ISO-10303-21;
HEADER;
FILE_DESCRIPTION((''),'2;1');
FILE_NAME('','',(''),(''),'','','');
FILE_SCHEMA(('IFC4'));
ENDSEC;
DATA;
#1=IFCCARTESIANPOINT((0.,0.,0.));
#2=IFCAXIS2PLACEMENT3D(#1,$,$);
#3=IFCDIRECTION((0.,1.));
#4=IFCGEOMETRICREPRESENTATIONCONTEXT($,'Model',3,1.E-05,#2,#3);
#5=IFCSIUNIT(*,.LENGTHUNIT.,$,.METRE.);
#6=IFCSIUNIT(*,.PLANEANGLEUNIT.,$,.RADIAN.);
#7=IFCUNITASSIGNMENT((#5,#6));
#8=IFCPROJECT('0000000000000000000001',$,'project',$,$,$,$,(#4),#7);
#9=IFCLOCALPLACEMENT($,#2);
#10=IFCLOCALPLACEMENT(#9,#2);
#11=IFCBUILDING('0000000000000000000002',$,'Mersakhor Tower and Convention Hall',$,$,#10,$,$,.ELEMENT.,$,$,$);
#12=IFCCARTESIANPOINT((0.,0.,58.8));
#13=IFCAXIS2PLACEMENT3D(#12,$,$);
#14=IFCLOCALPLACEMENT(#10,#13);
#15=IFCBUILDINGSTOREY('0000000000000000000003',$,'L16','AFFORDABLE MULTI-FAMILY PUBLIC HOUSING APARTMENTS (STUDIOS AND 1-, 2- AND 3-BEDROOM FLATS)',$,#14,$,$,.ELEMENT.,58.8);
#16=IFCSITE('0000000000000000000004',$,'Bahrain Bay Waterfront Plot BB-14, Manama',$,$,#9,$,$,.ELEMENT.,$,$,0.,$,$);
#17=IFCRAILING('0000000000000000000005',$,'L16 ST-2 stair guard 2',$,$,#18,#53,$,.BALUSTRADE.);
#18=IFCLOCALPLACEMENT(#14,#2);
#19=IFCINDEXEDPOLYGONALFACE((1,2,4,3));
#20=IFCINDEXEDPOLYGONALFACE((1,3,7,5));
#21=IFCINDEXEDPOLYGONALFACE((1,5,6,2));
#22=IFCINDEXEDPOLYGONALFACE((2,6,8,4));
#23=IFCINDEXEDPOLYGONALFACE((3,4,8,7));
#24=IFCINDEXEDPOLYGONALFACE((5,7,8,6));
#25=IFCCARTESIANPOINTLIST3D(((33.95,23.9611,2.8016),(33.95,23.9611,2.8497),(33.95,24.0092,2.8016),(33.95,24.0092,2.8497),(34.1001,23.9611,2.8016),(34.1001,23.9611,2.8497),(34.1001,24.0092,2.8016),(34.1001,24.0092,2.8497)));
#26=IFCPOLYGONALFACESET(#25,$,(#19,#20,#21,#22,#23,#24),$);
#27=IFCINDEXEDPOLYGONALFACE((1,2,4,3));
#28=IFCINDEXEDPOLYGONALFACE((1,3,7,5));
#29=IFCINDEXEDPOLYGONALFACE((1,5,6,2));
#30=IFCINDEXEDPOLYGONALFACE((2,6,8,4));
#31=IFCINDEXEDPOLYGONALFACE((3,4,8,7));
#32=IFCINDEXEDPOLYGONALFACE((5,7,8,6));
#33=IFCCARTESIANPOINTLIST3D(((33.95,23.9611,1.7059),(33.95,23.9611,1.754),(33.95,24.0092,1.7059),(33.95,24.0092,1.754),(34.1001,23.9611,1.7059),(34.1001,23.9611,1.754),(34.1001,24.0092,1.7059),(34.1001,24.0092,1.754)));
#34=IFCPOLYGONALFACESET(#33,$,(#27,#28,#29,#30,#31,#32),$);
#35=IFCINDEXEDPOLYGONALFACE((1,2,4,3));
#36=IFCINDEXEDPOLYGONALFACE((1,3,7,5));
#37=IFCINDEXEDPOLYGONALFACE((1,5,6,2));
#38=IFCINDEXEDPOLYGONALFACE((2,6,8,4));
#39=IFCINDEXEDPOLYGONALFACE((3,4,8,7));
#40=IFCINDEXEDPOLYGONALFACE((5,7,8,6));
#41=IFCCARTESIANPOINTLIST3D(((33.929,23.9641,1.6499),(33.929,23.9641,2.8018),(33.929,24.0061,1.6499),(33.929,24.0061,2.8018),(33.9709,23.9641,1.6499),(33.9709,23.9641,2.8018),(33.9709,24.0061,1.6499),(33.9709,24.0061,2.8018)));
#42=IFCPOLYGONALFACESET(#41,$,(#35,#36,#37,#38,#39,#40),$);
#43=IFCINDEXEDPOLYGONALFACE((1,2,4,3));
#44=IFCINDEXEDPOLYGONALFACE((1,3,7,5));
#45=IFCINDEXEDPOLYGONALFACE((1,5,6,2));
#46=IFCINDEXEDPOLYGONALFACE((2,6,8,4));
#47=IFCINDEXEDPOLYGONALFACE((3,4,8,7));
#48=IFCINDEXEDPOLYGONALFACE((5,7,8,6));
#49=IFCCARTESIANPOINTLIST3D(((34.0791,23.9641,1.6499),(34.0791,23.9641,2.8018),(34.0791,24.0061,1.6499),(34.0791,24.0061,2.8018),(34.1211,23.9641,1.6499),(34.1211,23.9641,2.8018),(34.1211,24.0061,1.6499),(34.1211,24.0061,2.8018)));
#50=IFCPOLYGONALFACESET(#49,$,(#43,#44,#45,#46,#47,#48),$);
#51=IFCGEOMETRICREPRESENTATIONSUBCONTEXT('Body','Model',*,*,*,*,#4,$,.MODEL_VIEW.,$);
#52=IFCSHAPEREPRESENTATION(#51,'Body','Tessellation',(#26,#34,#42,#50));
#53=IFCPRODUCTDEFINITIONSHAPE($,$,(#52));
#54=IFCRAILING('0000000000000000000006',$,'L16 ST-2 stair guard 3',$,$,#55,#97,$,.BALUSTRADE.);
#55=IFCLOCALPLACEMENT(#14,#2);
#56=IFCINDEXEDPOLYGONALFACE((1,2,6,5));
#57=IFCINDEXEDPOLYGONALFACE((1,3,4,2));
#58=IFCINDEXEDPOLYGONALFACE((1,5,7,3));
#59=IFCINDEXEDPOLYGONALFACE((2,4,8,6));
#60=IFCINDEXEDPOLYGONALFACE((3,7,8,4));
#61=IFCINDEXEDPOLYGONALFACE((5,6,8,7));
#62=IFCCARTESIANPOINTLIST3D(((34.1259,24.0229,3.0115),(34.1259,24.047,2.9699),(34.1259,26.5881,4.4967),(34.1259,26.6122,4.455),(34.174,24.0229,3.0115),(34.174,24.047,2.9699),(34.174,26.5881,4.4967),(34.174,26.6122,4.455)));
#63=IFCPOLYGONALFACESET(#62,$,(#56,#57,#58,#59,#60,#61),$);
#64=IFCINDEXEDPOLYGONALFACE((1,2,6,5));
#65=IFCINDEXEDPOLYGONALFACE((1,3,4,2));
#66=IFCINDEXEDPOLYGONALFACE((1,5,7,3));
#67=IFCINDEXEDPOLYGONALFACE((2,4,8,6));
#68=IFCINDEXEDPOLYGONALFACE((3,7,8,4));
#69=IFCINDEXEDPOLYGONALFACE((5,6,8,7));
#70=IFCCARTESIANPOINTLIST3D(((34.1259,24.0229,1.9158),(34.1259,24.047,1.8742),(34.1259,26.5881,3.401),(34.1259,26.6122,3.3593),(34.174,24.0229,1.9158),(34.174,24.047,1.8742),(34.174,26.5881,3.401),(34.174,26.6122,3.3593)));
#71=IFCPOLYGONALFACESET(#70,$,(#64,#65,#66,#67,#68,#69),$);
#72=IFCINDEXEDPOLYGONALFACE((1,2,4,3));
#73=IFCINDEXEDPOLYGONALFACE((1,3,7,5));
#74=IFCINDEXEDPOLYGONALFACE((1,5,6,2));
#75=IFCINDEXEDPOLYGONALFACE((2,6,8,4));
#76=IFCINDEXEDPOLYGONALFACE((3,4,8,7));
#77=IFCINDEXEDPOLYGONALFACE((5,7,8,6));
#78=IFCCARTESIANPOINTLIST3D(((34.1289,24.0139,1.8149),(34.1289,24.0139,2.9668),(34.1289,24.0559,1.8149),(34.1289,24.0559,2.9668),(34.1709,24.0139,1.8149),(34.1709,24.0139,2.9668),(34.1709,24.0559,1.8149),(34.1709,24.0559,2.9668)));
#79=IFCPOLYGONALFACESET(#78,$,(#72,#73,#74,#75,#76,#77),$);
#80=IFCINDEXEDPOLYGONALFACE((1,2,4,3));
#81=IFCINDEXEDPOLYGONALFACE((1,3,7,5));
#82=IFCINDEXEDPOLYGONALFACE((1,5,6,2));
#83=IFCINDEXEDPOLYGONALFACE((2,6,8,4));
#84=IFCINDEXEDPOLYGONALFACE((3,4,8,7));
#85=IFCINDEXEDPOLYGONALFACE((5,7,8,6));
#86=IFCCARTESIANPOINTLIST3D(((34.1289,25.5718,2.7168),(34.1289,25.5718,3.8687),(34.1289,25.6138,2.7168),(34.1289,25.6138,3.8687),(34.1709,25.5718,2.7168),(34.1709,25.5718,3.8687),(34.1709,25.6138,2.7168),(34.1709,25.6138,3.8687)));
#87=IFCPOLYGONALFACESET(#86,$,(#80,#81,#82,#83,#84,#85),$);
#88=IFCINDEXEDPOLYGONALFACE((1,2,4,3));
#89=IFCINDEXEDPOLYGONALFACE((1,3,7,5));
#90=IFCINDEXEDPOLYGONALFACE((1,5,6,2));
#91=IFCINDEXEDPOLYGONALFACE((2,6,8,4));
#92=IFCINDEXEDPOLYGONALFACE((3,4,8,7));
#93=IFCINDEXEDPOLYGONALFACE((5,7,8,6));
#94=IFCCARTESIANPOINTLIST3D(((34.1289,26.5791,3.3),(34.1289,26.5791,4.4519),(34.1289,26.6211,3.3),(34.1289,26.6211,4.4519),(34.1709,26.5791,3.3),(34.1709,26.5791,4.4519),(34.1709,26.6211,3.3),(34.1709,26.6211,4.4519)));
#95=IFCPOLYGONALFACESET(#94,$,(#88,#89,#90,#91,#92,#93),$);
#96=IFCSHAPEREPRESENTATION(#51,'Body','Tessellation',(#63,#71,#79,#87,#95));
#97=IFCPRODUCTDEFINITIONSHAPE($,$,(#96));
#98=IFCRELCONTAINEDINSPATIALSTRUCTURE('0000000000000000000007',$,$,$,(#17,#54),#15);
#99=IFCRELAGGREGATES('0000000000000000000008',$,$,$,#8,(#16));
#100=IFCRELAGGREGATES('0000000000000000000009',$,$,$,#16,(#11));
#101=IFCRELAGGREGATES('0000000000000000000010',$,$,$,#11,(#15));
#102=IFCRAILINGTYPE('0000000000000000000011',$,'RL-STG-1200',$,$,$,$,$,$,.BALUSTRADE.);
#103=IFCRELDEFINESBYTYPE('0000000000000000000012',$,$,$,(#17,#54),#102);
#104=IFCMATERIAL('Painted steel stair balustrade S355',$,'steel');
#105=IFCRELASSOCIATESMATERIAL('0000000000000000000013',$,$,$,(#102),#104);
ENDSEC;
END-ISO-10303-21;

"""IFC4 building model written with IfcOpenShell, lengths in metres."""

from ifc_helpers import new_model, si_unit, direction, frame, origin, origin_2d, place, context, subcontext, project, spatial, rectangle, extrude, material, type_object, element, save


model = new_model("IFC4")

# Units and contexts
model_context = context("Model", 3, precision=1e-05, world=origin(), true_north=direction((0.0, 1.0)))
body_context = subcontext(model_context, "Body", "Model", "MODEL_VIEW")
ifc_project = project(units=[si_unit("LENGTHUNIT", "METRE"), si_unit("PLANEANGLEUNIT", "RADIAN")], contexts=[model_context])

# Site, building, storey
site_placement = place(None, origin())
site = spatial("IfcSite", under=ifc_project, at=site_placement, Name="Bahrain Bay Waterfront Plot BB-14, Manama", CompositionType="ELEMENT", RefElevation=0.0)
building_placement = place(site_placement, origin())
building = spatial("IfcBuilding", under=site, at=building_placement, Name="Mersakhor Tower and Convention Hall", CompositionType="ELEMENT")
storey_placement = place(building_placement, frame((0.0, 0.0, 58.8)))
storey = spatial("IfcBuildingStorey", under=building, at=storey_placement, Name="L16", Description="AFFORDABLE MULTI-FAMILY PUBLIC HOUSING APARTMENTS (STUDIOS AND 1-, 2- AND 3-BEDROOM FLATS)", CompositionType="ELEMENT", Elevation=58.8)

# Railings
ifc_material_1 = material(Name="Painted steel stair balustrade S355", Category="steel")
railing_type_1 = type_object("IfcRailingType", Name="RL-STG-1200", PredefinedType="BALUSTRADE", material=ifc_material_1)
railing_1_placement = place(storey_placement, frame((33.95, 23.9851, 1.6499)))
element("IfcRailing", 1, at=railing_1_placement, inside=storey, type_object=railing_type_1, Name="L16 ST-2 stair guard 2", PredefinedType="BALUSTRADE", context=body_context, shape_type="SweptSolid", body=[
    extrude(rectangle(XDim=0.0481, YDim=0.0481, at=origin_2d()), frame((0.0, 0.0, 1.1758), z_axis=(1.0, 0.0, 0.0), x_axis=(0.0, 1.0, 0.0)), (0.0, 0.0, 1.0), 0.1501),
    extrude(rectangle(XDim=0.0481, YDim=0.0481, at=origin_2d()), frame((0.0, 0.0, 0.0801), z_axis=(1.0, 0.0, 0.0), x_axis=(0.0, 1.0, 0.0)), (0.0, 0.0, 1.0), 0.1501),
    extrude(rectangle(XDim=0.042, YDim=0.042, at=origin_2d()), origin(), (0.0, 0.0, 1.0), 1.1519),
    extrude(rectangle(XDim=0.042, YDim=0.042, at=origin_2d()), frame((0.1501, 0.0, 0.0)), (0.0, 0.0, 1.0), 1.1519),
])
railing_2_placement = place(storey_placement, frame((34.1499, 24.0349, 1.8149)))
element("IfcRailing", 2, at=railing_2_placement, inside=storey, type_object=railing_type_1, Name="L16 ST-2 stair guard 3", PredefinedType="BALUSTRADE", context=body_context, shape_type="SweptSolid", body=[
    extrude(rectangle(XDim=0.0481, YDim=0.0481, at=origin_2d()), frame((0.0, 0.0, 1.1758), z_axis=(0.0, 0.865426, 0.501036), x_axis=(-1.0, 0.0, 0.0)), (0.0, 0.0, 1.0), 2.9641),
    extrude(rectangle(XDim=0.0481, YDim=0.0481, at=origin_2d()), frame((0.0, 0.0, 0.0801), z_axis=(0.0, 0.865426, 0.501036), x_axis=(-1.0, 0.0, 0.0)), (0.0, 0.0, 1.0), 2.9641),
    extrude(rectangle(XDim=0.042, YDim=0.042, at=origin_2d()), origin(), (0.0, 0.0, 1.0), 1.1519),
    extrude(rectangle(XDim=0.042, YDim=0.042, at=origin_2d()), frame((0.0, 1.5579, 0.9019)), (0.0, 0.0, 1.0), 1.1519),
    extrude(rectangle(XDim=0.042, YDim=0.042, at=origin_2d()), frame((0.0, 2.5652, 1.4851)), (0.0, 0.0, 1.0), 1.1519),
])

save(model, "model.ifc")
